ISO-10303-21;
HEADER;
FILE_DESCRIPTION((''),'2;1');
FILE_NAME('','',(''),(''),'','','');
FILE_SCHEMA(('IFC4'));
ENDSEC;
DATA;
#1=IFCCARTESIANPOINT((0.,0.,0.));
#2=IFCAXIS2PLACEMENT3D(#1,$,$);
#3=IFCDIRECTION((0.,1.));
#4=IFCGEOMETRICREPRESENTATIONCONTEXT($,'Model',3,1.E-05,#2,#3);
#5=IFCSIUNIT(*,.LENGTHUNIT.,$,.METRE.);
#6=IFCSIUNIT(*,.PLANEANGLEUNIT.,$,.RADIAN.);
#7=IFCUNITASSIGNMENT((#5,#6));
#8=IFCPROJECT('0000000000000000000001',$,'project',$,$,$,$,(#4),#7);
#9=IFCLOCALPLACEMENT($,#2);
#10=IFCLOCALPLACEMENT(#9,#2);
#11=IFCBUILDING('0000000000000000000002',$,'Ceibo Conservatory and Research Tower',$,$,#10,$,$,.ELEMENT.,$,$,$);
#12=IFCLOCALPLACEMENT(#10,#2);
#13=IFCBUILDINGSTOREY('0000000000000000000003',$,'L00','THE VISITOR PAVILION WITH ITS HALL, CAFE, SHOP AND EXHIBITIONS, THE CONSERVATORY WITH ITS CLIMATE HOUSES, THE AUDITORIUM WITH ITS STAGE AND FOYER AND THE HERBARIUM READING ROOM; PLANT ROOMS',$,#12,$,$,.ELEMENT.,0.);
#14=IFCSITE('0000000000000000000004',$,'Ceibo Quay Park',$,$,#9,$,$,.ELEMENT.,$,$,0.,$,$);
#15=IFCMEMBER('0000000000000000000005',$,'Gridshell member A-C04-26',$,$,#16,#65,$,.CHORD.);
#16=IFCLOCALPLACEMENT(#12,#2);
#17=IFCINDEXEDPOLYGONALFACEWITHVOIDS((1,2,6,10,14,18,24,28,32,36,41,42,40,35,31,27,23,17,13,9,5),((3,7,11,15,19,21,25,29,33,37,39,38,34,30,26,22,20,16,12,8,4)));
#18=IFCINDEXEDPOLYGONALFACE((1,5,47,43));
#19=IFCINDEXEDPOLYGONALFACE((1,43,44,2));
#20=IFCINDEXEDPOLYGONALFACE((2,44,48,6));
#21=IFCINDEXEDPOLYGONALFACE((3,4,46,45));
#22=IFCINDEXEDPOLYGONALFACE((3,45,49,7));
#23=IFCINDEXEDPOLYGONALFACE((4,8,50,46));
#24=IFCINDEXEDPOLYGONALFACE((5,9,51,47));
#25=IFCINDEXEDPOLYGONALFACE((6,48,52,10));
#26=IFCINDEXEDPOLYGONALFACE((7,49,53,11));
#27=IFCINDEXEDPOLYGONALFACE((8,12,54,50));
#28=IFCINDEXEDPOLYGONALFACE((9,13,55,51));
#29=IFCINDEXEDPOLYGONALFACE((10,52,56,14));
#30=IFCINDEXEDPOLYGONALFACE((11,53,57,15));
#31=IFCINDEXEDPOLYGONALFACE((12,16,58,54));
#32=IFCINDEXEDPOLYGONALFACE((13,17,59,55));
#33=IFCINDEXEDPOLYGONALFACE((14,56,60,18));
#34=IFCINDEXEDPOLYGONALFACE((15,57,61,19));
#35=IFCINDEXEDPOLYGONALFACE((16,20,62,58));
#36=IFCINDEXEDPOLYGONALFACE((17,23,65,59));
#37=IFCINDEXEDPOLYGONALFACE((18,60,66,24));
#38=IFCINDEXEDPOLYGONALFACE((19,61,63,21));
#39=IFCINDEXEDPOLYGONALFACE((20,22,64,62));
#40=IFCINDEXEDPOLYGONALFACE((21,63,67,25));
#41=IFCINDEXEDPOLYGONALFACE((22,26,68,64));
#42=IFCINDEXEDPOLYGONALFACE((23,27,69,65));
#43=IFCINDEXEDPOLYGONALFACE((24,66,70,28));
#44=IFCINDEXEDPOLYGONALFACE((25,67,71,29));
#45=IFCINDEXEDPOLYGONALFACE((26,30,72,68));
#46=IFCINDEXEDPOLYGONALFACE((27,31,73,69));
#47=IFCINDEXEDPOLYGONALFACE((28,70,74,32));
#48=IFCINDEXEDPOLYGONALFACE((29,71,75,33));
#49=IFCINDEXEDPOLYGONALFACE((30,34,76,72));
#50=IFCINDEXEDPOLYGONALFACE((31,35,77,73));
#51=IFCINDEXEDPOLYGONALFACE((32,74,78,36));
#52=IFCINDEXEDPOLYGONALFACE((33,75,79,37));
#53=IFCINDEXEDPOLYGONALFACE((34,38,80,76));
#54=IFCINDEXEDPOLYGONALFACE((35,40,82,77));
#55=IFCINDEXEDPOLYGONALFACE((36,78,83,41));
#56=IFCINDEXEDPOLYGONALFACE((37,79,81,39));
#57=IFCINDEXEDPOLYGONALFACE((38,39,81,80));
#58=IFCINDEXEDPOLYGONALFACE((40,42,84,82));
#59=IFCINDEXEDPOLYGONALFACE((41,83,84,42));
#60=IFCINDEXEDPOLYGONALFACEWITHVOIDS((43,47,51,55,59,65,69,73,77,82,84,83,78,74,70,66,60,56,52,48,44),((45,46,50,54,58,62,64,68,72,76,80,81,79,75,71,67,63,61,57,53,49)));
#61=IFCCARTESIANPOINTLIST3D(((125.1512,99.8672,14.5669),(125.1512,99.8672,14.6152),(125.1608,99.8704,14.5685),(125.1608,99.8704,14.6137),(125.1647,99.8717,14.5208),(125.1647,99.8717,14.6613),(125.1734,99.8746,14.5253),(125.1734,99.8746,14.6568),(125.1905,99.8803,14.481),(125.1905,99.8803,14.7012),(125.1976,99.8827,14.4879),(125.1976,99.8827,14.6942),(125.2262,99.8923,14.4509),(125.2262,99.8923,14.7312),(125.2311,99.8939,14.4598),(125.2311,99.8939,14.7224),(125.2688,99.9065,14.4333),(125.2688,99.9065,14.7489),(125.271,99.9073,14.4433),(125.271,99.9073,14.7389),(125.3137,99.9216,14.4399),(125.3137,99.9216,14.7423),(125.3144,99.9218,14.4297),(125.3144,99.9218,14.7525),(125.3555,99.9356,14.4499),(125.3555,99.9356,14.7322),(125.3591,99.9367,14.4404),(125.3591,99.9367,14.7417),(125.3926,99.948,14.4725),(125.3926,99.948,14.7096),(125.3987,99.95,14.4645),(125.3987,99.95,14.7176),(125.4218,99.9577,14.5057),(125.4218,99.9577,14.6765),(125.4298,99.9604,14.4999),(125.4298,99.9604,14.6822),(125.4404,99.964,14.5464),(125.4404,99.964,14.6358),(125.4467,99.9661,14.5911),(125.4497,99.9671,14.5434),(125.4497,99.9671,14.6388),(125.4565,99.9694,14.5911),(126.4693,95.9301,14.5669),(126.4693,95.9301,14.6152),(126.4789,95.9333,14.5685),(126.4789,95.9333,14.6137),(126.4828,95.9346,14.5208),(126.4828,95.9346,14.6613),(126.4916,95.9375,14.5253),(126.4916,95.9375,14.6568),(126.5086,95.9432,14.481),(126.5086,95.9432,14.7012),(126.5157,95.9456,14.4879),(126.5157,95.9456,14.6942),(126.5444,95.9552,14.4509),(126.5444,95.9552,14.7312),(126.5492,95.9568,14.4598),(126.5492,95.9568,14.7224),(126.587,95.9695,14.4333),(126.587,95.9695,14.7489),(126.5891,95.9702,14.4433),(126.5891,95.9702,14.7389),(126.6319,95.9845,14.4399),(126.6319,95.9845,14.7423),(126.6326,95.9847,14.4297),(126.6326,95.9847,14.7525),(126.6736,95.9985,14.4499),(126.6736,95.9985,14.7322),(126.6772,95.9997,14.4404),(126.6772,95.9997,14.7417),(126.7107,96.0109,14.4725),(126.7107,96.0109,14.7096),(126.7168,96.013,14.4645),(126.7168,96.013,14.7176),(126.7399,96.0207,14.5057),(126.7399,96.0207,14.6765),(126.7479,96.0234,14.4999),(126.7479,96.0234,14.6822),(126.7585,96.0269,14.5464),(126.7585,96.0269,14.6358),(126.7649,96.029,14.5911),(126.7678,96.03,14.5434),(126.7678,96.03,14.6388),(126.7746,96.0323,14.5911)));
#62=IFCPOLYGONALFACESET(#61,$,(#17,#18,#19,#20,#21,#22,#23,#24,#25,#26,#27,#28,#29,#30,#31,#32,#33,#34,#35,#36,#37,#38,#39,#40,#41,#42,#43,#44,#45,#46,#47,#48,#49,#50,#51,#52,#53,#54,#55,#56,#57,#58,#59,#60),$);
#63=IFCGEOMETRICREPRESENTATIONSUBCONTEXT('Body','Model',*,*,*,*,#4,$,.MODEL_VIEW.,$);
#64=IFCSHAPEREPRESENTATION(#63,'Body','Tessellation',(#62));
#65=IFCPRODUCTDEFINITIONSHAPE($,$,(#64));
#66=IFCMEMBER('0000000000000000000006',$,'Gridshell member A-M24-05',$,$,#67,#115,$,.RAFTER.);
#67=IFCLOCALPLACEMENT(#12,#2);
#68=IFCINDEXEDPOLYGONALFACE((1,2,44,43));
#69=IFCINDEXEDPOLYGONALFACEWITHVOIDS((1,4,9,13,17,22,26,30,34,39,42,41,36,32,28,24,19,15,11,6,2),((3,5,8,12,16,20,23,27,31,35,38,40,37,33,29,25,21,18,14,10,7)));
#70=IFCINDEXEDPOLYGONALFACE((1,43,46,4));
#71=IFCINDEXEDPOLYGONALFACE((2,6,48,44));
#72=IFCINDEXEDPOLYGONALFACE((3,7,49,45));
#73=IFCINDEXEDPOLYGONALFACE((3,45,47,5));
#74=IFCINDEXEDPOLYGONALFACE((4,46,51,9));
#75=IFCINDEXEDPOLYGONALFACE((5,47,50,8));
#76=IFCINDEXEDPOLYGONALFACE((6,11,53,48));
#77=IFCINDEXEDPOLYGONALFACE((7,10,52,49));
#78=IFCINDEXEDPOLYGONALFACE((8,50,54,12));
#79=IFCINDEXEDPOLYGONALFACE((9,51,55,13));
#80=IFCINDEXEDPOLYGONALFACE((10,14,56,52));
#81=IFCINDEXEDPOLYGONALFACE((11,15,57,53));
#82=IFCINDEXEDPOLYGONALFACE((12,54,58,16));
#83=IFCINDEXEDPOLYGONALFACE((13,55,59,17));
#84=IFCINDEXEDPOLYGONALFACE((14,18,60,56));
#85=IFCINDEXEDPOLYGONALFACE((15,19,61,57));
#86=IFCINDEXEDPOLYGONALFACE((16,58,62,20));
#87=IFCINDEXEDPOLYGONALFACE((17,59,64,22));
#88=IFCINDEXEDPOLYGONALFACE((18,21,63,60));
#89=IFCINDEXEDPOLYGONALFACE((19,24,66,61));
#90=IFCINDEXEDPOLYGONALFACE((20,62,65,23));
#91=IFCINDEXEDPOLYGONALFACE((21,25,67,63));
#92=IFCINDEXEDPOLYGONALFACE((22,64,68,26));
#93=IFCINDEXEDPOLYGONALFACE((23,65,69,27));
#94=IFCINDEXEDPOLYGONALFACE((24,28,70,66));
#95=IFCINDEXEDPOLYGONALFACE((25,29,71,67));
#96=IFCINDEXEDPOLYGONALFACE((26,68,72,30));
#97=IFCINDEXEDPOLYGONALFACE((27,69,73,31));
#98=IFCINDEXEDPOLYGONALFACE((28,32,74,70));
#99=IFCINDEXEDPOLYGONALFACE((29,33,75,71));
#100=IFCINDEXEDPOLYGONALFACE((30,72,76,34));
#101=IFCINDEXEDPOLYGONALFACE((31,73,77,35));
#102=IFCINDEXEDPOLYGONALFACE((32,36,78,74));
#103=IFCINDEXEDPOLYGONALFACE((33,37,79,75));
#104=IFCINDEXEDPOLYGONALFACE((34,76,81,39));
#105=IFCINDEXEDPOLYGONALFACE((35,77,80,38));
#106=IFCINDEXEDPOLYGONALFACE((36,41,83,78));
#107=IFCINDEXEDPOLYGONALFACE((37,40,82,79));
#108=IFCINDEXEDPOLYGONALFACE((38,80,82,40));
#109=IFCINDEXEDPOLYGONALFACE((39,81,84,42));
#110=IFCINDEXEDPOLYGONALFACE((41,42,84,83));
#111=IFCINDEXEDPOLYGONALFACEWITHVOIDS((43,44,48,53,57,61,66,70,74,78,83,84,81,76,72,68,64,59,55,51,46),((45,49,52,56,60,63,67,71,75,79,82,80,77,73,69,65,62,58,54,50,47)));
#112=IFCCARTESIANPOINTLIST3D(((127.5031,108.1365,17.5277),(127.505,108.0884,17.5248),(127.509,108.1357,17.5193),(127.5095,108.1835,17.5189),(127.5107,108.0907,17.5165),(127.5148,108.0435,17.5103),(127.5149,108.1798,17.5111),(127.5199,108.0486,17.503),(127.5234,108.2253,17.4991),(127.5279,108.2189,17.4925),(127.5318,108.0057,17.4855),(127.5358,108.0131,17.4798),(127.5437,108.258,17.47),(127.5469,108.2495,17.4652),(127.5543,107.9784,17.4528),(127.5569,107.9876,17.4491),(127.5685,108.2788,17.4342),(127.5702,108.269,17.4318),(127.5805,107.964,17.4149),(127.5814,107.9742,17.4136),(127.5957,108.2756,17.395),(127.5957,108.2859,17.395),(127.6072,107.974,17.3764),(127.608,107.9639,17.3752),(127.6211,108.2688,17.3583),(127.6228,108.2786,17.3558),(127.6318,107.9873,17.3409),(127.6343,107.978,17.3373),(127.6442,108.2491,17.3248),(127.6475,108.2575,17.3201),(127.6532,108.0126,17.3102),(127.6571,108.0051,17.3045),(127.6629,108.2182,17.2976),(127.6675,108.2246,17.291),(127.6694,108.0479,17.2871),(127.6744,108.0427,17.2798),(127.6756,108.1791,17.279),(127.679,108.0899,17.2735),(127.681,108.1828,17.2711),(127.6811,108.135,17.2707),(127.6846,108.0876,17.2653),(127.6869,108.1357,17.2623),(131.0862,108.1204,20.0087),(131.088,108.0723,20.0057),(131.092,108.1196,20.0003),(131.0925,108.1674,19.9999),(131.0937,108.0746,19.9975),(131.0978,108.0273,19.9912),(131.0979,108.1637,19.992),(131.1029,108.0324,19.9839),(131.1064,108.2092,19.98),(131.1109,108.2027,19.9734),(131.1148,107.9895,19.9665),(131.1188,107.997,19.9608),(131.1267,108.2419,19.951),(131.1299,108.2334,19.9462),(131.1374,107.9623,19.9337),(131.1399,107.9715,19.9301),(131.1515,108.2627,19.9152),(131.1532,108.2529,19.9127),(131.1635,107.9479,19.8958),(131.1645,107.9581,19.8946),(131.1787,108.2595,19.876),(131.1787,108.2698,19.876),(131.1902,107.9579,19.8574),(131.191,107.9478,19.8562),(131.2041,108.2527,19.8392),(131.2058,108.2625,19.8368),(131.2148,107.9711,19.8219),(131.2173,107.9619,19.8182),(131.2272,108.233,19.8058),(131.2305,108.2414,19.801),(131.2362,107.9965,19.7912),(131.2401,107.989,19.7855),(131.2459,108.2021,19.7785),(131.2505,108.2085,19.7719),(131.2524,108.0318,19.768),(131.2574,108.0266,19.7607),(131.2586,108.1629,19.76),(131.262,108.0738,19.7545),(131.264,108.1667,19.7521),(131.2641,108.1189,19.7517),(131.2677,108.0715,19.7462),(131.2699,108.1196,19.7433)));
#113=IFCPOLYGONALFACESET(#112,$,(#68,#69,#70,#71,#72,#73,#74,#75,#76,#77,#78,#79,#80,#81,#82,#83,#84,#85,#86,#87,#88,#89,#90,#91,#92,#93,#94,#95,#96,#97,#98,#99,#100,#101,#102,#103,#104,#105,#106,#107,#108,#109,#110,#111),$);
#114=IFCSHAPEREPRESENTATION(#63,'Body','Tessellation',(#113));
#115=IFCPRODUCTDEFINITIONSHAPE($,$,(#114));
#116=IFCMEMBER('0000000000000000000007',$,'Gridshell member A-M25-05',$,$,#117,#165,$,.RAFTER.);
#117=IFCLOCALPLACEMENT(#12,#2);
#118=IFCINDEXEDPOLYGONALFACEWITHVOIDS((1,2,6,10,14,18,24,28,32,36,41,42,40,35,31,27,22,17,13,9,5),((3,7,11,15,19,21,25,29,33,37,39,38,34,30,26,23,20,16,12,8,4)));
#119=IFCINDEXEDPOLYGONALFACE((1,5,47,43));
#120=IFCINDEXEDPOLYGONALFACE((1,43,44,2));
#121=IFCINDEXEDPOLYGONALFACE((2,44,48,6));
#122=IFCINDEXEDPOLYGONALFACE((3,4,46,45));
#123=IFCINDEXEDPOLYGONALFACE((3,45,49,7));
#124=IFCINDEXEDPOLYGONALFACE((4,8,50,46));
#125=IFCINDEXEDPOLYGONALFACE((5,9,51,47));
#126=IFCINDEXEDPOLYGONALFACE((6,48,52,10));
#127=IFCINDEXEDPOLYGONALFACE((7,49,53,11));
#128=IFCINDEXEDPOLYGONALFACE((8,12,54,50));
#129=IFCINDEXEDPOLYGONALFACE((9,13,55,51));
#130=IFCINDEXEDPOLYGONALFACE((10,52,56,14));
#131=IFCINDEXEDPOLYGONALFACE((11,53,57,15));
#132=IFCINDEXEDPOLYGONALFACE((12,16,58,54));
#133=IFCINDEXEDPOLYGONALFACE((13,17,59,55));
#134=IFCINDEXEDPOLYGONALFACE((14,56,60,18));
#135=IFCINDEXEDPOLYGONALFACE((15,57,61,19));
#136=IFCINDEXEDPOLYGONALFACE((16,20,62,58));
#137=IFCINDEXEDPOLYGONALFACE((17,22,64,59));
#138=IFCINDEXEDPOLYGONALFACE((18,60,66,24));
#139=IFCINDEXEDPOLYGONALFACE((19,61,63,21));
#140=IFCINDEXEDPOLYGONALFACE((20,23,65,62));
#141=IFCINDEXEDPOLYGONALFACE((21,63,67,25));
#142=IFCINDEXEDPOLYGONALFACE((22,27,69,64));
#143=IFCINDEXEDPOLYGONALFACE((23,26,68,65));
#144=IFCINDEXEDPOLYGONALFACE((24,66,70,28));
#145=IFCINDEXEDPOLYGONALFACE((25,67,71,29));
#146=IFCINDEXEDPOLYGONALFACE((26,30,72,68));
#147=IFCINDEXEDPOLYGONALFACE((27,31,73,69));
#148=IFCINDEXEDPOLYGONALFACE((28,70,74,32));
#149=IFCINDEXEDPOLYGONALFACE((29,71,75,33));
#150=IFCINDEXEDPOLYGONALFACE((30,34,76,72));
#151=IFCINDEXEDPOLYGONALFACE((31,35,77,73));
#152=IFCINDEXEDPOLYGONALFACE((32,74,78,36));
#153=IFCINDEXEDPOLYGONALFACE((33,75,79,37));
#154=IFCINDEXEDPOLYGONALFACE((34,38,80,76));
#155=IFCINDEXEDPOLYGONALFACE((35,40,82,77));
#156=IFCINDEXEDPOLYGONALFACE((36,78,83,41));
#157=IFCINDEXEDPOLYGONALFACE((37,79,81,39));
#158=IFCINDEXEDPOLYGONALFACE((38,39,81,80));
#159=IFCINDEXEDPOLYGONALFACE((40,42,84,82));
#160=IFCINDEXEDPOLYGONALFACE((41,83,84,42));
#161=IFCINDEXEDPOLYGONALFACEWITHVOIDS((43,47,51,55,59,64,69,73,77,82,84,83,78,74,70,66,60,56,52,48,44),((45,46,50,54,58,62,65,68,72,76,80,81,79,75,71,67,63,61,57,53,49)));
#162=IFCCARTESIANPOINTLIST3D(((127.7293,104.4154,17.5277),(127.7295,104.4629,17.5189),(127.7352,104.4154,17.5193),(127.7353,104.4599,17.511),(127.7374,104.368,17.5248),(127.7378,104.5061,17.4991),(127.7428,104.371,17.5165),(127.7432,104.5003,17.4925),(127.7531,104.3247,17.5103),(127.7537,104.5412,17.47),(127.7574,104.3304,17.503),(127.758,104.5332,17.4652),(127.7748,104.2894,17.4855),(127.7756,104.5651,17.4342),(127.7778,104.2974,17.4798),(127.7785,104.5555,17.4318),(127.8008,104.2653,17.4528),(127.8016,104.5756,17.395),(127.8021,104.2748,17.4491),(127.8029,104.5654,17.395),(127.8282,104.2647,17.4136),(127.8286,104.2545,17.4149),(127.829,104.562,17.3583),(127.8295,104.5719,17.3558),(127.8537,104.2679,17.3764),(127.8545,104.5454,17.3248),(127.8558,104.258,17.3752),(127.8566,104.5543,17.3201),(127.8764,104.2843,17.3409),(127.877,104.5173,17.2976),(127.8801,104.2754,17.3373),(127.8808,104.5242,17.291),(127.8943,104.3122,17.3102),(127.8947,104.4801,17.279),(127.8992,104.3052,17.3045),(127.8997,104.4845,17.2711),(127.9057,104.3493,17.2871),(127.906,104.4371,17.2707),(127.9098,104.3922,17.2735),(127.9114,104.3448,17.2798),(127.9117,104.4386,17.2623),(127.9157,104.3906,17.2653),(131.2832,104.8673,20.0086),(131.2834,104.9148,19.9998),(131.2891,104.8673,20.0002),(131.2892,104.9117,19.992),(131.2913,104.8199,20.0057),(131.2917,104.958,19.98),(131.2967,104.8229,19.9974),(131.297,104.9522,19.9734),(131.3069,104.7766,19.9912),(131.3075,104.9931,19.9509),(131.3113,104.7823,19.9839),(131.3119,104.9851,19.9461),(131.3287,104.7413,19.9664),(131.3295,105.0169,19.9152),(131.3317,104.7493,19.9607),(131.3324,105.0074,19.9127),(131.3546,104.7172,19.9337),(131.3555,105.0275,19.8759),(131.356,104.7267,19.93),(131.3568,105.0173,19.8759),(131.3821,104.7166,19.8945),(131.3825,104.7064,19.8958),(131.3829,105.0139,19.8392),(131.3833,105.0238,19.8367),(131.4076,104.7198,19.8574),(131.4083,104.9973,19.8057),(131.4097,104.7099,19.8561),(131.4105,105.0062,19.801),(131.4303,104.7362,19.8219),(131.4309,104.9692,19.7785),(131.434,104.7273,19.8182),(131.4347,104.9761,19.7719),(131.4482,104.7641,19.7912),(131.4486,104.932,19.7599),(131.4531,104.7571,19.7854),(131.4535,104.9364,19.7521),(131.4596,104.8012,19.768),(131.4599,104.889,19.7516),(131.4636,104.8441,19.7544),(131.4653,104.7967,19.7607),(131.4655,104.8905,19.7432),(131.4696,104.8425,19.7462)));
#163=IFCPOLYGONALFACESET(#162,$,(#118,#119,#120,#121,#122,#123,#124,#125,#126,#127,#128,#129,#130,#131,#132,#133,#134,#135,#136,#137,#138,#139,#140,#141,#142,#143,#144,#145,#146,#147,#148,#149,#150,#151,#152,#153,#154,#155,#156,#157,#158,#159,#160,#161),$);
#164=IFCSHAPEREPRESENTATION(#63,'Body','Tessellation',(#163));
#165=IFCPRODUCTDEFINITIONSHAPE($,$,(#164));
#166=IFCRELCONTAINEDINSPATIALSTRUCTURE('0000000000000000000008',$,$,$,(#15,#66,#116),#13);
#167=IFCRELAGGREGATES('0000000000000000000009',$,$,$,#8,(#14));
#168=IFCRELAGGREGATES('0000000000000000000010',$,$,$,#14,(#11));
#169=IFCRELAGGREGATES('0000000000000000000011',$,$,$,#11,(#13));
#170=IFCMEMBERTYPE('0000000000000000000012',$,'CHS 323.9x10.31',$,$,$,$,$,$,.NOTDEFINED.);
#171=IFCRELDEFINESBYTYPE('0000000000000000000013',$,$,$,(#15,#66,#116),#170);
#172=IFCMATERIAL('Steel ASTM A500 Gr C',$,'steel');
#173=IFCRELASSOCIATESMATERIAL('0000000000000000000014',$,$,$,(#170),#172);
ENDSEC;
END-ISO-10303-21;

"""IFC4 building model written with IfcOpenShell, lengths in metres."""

from ifc_helpers import new_model, si_unit, direction, frame, origin, origin_2d, place, context, subcontext, project, spatial, hollow_circle, extrude, material, material_profile, profile_set, type_object, element, save


model = new_model("IFC4")

# Units and contexts
model_context = context("Model", 3, precision=1e-05, world=origin(), true_north=direction((0.0, 1.0)))
body_context = subcontext(model_context, "Body", "Model", "MODEL_VIEW")
ifc_project = project(units=[si_unit("LENGTHUNIT", "METRE"), si_unit("PLANEANGLEUNIT", "RADIAN")], contexts=[model_context])

# Site, building, storey
site_placement = place(None, origin())
site = spatial("IfcSite", under=ifc_project, at=site_placement, Name="Ceibo Quay Park", CompositionType="ELEMENT", RefElevation=0.0)
building_placement = place(site_placement, origin())
building = spatial("IfcBuilding", under=site, at=building_placement, Name="Ceibo Conservatory and Research Tower", CompositionType="ELEMENT")
storey_placement = place(building_placement, origin())
storey = spatial("IfcBuildingStorey", under=building, at=storey_placement, Name="L00", Description="THE VISITOR PAVILION WITH ITS HALL, CAFE, SHOP AND EXHIBITIONS, THE CONSERVATORY WITH ITS CLIMATE HOUSES, THE AUDITORIUM WITH ITS STAGE AND FOYER AND THE HERBARIUM READING ROOM; PLANT ROOMS", CompositionType="ELEMENT", Elevation=0.0)

# Members
ifc_material_1 = material(Name="Steel ASTM A500 Gr C", Category="steel")
ifc_material_profile_1 = material_profile(ifc_material_1, hollow_circle(Radius=0.1619, WallThickness=0.0103, at=origin_2d()), Name="CHS 323.9x10.31")
ifc_profile_set_1 = profile_set([ifc_material_profile_1], Name="Steel ASTM A500 Gr C")
member_type_1 = type_object("IfcMemberType", Name="CHS 323.9x10.31", PredefinedType="NOTDEFINED", material=ifc_profile_set_1)
member_1_placement = place(storey_placement, frame((125.303, 99.918, 14.5911), z_axis=(0.31748, -0.948265, 0.0), x_axis=(0.948265, 0.31748, 0.0)))
element("IfcMember", 1, at=member_1_placement, inside=storey, type_object=member_type_1, Name="Gridshell member A-C04-26", PredefinedType="CHORD", context=body_context, shape_type="SweptSolid", body=[
    extrude(hollow_circle(Radius=0.1619, WallThickness=0.0103, at=origin_2d()), origin(), (0.0, 0.0, 1.0), 4.1519),
])
member_2_placement = place(storey_placement, frame((127.595, 108.124, 17.395), z_axis=(0.822142, -0.003697, 0.56927), x_axis=(0.004497, 0.99999, 0.0)))
element("IfcMember", 2, at=member_2_placement, inside=storey, type_object=member_type_1, Name="Gridshell member A-M24-05", PredefinedType="RAFTER", context=body_context, shape_type="SweptSolid", body=[
    extrude(hollow_circle(Radius=0.1619, WallThickness=0.0103, at=origin_2d()), origin(), (0.0, 0.0, 1.0), 4.3582),
])
member_3_placement = place(storey_placement, frame((127.822, 104.415, 17.395), z_axis=(0.815549, 0.103701, 0.569321), x_axis=(-0.12614, 0.992012, 0.0)))
element("IfcMember", 3, at=member_3_placement, inside=storey, type_object=member_type_1, Name="Gridshell member A-M25-05", PredefinedType="RAFTER", context=body_context, shape_type="SweptSolid", body=[
    extrude(hollow_circle(Radius=0.1619, WallThickness=0.0103, at=origin_2d()), origin(), (0.0, 0.0, 1.0), 4.3577),
])

save(model, "model.ifc")
